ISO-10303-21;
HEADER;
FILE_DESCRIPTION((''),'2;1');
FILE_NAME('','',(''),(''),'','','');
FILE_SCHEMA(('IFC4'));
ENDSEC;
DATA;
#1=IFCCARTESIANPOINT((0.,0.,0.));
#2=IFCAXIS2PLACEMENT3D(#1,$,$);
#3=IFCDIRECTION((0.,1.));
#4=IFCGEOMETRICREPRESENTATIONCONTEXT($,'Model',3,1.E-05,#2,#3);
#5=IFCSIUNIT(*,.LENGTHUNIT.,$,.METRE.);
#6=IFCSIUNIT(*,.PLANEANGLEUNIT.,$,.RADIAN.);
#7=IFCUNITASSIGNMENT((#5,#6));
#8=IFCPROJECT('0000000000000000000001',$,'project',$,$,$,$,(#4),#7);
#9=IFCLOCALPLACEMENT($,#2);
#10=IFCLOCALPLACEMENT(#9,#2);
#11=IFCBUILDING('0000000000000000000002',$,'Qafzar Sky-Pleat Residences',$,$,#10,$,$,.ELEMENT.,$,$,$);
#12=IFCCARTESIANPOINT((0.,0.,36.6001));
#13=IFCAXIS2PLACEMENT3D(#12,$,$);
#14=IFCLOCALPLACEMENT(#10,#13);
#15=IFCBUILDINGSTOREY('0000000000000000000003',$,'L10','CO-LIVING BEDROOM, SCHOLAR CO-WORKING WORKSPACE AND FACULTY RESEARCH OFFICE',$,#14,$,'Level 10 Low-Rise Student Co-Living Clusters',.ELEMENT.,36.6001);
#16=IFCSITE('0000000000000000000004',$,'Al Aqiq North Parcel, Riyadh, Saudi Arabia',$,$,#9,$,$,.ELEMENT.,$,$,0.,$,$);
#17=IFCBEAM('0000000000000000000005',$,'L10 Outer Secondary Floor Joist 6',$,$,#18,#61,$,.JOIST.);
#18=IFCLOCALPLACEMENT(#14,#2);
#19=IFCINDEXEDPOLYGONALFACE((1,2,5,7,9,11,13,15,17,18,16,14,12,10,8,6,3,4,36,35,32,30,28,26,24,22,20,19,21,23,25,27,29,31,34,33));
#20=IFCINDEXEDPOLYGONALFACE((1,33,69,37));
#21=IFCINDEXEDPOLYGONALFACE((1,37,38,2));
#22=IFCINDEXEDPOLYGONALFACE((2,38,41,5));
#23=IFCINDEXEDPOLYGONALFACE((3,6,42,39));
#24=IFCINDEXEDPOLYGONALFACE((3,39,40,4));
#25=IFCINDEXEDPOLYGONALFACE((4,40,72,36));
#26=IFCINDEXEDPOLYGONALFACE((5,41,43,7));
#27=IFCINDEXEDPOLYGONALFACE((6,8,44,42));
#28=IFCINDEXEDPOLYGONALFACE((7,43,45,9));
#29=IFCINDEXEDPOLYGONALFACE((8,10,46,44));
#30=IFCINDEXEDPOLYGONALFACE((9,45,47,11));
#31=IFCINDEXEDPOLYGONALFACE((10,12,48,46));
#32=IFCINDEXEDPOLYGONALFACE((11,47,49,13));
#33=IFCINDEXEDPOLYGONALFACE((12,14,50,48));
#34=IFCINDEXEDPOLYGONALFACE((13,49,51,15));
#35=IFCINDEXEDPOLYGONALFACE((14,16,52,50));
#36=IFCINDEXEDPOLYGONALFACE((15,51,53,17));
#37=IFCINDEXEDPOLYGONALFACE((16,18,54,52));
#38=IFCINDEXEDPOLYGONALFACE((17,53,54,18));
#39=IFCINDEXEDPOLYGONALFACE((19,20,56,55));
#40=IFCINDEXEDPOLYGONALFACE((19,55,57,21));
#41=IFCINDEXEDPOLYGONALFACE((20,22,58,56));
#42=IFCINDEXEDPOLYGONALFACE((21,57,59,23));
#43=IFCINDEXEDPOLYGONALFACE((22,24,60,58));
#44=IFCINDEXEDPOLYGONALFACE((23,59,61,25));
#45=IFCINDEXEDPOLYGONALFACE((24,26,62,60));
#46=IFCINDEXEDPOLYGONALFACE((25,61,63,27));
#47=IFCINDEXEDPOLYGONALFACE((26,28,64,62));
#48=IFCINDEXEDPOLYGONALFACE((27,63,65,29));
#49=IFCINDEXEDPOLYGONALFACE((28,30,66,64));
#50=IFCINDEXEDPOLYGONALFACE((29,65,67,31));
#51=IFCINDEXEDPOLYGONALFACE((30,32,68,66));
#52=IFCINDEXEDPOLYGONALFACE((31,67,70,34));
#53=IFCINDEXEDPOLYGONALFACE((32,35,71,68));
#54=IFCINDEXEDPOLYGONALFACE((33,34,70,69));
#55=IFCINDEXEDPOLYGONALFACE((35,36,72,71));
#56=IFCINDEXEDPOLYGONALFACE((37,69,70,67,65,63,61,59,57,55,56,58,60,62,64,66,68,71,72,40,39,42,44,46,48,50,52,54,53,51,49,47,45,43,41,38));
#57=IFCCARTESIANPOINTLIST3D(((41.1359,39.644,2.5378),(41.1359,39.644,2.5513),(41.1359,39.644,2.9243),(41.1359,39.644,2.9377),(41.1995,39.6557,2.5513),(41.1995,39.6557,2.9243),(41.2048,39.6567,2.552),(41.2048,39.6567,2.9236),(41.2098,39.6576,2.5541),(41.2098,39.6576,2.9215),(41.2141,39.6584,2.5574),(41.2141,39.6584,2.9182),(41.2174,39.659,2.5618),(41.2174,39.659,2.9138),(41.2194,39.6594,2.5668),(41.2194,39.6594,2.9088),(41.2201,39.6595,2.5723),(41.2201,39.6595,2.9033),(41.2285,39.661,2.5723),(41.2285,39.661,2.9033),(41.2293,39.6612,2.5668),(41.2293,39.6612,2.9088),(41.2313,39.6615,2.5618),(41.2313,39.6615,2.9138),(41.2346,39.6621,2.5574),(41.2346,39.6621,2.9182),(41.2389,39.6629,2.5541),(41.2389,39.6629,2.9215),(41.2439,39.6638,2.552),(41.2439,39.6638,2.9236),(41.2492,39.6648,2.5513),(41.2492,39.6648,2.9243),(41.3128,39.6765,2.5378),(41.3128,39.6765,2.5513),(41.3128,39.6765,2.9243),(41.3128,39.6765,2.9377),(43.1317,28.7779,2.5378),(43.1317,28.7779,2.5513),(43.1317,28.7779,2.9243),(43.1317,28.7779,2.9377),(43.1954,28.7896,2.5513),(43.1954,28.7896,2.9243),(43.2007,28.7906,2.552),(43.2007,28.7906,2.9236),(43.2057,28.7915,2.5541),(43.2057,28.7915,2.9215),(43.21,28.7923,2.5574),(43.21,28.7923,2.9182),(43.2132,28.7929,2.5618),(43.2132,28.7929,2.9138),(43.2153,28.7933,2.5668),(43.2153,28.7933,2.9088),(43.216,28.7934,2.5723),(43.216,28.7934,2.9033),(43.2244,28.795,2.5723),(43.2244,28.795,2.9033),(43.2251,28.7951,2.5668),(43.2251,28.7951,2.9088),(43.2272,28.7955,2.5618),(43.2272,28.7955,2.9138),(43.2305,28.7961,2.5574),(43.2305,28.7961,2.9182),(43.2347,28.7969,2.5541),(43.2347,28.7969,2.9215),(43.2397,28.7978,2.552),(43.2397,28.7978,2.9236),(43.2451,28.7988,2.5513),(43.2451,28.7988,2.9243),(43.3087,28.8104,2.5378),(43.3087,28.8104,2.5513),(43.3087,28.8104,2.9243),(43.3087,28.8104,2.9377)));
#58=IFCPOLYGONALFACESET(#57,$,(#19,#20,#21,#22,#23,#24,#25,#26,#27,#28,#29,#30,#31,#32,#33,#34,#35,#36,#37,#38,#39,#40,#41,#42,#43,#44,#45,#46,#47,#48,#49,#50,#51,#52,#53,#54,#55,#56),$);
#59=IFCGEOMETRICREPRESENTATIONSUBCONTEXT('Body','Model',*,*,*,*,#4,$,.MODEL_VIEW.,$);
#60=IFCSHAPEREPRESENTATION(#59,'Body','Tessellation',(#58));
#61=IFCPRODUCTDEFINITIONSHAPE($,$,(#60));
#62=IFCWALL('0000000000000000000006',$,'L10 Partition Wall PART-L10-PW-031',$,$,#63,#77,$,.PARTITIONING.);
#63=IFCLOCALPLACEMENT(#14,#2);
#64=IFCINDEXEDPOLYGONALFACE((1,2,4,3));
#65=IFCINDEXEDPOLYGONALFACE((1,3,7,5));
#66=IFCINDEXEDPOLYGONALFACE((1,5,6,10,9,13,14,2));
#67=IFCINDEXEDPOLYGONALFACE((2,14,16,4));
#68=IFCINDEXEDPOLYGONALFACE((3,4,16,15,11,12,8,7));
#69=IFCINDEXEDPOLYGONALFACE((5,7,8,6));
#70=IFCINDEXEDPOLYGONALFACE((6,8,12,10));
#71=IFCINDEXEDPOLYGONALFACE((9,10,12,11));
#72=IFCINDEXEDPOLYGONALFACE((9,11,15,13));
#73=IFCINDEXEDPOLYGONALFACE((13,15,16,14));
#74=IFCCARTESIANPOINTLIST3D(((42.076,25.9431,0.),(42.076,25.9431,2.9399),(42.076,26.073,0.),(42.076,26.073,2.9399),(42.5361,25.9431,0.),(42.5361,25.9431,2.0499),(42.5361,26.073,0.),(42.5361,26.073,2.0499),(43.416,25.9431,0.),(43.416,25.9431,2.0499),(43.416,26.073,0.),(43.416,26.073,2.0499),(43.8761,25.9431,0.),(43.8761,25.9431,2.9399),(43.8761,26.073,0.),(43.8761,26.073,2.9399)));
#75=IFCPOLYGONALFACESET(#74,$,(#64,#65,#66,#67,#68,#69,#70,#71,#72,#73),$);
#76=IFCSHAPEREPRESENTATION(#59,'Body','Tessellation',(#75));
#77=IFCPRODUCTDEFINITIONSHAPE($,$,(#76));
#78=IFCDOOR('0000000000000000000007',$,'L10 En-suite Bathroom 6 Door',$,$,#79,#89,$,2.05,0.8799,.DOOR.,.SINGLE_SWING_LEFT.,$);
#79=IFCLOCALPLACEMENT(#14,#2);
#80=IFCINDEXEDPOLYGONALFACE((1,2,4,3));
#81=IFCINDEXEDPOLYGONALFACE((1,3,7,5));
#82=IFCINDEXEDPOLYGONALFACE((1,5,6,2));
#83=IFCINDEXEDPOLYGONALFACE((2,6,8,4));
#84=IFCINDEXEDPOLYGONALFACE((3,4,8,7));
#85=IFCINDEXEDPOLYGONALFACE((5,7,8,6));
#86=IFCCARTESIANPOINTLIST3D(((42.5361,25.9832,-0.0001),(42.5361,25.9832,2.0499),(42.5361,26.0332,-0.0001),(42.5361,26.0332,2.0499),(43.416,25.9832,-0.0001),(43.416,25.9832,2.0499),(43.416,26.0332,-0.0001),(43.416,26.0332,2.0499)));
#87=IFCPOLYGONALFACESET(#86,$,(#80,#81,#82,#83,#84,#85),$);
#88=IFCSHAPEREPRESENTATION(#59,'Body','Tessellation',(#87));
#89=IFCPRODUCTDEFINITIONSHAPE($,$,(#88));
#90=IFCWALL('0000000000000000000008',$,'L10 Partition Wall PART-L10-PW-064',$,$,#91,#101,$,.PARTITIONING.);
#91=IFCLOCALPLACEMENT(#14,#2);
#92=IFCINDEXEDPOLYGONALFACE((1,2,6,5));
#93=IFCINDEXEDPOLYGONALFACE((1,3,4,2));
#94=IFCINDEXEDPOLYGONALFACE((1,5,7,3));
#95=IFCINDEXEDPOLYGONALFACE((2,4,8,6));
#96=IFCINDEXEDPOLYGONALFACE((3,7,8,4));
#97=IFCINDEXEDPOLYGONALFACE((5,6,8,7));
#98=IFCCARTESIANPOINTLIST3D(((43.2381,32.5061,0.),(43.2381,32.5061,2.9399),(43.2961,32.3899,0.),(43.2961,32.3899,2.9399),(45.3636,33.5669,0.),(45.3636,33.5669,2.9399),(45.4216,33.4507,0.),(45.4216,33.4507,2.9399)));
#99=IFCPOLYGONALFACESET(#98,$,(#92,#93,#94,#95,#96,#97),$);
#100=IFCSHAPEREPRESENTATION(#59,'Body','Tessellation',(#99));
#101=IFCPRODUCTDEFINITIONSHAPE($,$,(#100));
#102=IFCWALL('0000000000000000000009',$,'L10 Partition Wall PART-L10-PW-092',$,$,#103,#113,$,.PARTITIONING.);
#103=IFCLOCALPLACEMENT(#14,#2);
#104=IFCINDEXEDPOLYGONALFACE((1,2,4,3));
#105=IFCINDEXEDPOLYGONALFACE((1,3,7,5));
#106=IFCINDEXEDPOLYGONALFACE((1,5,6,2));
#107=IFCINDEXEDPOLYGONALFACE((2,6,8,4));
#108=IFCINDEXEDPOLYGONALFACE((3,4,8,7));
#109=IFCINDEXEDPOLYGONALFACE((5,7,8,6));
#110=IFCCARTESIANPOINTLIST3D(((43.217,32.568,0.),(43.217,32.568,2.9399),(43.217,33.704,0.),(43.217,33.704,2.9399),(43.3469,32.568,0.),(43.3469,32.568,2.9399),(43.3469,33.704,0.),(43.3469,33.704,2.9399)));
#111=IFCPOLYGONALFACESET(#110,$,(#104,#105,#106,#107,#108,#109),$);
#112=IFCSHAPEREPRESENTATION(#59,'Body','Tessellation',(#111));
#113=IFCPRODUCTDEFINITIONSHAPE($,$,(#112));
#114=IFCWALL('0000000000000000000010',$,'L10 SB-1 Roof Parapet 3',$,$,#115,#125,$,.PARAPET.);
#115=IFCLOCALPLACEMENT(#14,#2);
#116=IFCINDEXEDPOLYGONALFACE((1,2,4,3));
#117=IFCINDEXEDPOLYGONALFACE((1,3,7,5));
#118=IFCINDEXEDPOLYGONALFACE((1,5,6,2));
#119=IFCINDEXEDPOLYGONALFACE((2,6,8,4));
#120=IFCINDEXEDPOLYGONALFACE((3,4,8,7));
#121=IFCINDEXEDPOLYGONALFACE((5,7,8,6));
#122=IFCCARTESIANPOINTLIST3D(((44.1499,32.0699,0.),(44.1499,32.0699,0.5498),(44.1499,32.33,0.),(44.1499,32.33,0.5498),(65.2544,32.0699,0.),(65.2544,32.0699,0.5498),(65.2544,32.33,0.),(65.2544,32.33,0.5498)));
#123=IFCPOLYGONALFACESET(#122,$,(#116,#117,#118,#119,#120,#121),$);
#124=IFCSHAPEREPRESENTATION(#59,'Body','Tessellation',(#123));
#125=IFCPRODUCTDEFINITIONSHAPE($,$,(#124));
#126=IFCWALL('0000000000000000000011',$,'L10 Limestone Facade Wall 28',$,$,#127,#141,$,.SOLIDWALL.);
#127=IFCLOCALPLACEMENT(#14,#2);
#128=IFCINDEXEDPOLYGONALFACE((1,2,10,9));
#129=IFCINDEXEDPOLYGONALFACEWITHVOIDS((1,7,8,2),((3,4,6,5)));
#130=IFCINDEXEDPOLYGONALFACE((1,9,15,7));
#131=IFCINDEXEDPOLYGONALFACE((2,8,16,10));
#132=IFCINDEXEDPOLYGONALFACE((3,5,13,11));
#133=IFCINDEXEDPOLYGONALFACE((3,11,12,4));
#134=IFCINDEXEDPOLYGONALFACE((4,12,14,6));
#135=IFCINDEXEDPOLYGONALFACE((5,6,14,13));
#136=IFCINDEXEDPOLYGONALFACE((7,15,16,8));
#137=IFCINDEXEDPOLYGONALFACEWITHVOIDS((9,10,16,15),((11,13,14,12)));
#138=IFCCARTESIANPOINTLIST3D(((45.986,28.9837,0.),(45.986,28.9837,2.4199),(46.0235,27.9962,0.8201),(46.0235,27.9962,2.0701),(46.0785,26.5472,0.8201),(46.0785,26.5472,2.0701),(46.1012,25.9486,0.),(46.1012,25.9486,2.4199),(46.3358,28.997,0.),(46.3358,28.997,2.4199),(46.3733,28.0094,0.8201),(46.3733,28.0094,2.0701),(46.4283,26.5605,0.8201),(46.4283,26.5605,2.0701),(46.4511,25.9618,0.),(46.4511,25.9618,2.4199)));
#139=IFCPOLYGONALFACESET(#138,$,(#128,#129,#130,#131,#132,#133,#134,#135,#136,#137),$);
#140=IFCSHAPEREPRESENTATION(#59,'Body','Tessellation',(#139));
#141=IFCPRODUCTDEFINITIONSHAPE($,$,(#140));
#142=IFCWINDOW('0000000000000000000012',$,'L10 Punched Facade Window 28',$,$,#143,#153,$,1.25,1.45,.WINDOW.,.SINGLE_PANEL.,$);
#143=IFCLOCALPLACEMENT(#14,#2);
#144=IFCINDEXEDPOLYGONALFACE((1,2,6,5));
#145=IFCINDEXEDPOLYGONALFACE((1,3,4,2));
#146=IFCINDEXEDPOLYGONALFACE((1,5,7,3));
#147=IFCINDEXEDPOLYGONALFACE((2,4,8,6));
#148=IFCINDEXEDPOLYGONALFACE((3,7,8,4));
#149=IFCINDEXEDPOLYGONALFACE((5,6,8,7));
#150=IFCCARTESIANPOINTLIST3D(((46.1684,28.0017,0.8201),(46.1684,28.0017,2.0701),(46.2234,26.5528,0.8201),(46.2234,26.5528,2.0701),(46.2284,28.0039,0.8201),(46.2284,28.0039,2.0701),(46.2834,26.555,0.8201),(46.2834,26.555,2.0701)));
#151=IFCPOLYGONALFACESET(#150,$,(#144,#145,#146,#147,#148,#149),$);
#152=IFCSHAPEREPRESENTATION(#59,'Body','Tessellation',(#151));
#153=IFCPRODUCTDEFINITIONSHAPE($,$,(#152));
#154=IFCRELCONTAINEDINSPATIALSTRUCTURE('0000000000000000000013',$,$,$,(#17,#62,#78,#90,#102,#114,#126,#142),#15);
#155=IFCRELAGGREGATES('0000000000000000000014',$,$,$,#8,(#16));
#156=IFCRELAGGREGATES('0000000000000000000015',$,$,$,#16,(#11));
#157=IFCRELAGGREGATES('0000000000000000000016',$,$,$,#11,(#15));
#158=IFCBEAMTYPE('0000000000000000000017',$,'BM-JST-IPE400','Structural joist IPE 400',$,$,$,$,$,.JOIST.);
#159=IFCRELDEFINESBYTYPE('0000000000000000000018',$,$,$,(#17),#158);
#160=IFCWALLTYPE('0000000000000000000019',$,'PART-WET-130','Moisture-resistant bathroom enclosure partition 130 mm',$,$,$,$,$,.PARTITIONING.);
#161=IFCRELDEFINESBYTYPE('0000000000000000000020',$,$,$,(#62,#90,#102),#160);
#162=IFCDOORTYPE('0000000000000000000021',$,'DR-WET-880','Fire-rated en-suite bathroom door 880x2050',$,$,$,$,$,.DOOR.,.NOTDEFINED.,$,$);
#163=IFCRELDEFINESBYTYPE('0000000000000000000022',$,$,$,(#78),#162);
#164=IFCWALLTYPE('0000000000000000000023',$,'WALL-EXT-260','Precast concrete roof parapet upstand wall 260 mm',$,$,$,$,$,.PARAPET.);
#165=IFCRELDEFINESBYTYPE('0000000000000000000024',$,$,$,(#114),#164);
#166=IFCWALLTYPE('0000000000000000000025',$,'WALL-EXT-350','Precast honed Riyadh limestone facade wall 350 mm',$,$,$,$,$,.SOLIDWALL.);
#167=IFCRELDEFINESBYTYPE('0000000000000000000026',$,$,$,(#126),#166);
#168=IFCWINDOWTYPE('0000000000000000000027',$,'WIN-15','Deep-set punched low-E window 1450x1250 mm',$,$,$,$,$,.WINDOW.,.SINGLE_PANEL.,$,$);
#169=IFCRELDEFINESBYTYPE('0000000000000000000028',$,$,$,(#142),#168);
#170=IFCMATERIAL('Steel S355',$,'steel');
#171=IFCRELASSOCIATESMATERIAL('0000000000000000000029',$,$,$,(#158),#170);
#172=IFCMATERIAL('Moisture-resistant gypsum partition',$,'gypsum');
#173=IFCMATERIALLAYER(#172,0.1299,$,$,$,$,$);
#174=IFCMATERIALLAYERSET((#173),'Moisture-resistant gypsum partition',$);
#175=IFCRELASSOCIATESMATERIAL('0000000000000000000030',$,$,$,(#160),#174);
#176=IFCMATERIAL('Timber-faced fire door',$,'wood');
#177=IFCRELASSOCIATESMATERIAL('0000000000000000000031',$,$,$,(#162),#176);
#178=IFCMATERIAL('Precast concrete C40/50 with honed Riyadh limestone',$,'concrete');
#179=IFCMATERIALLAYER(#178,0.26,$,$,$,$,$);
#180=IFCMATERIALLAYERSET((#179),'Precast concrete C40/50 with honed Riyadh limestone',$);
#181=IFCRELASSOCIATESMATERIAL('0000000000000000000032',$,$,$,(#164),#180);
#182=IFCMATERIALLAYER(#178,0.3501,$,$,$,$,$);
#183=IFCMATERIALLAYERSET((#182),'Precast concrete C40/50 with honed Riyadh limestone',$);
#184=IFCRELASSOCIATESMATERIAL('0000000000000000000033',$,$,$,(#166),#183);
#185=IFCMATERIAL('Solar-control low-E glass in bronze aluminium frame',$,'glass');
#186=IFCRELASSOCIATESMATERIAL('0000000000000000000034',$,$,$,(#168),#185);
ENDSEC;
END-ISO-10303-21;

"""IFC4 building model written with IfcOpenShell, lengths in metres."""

from ifc_helpers import new_model, si_unit, direction, frame, frame_2d, origin, origin_2d, place, context, subcontext, project, spatial, rectangle, i_section, extrude, source, transform, mapped, material, layer, layer_set, material_profile, profile_set, type_object, element, fill, save


model = new_model("IFC4")

# Units and contexts
model_context = context("Model", 3, precision=1e-05, world=origin(), true_north=direction((0.0, 1.0)))
body_context = subcontext(model_context, "Body", "Model", "MODEL_VIEW")
ifc_project = project(units=[si_unit("LENGTHUNIT", "METRE"), si_unit("PLANEANGLEUNIT", "RADIAN")], contexts=[model_context])

# Site, building, storey
site_placement = place(None, origin())
site = spatial("IfcSite", under=ifc_project, at=site_placement, Name="Al Aqiq North Parcel, Riyadh, Saudi Arabia", CompositionType="ELEMENT", RefElevation=0.0)
building_placement = place(site_placement, origin())
building = spatial("IfcBuilding", under=site, at=building_placement, Name="Qafzar Sky-Pleat Residences", CompositionType="ELEMENT")
storey_placement = place(building_placement, frame((0.0, 0.0, 36.6001)))
storey = spatial("IfcBuildingStorey", under=building, at=storey_placement, Name="L10", Description="CO-LIVING BEDROOM, SCHOLAR CO-WORKING WORKSPACE AND FACULTY RESEARCH OFFICE", LongName="Level 10 Low-Rise Student Co-Living Clusters", CompositionType="ELEMENT", Elevation=36.6001)

# Beam
ifc_material_1 = material(Name="Steel S355", Category="steel")
ifc_material_profile_1 = material_profile(ifc_material_1, i_section(OverallWidth=0.1799, OverallDepth=0.3999, WebThickness=0.0085, FlangeThickness=0.0134, FilletRadius=0.021, at=origin_2d()), Name="IPE 400")
ifc_profile_set_1 = profile_set([ifc_material_profile_1], Name="Steel S355")
beam_type_1 = type_object("IfcBeamType", Name="BM-JST-IPE400", Description="Structural joist IPE 400", PredefinedType="JOIST", material=ifc_profile_set_1)
shared_shape_1 = source(origin(), body_context, "Body", "SweptSolid", [
    extrude(i_section(OverallWidth=0.1799, OverallDepth=0.3999, WebThickness=0.0085, FlangeThickness=0.0134, FilletRadius=0.021, at=origin_2d()), origin(), (0.0, 0.0, 1.0), 11.0479),
])
beam_1_placement = place(storey_placement, frame((43.2202, 28.7942, 2.7378), z_axis=(-0.180657, 0.983546, 0.0), x_axis=(-0.983546, -0.180657, 0.0)))
element("IfcBeam", 1, at=beam_1_placement, inside=storey, type_object=beam_type_1, Name="L10 Outer Secondary Floor Joist 6", PredefinedType="JOIST", context=body_context, shape_type="MappedRepresentation", body=[
    mapped(shared_shape_1, transform((0.0, 0.0, 0.0), x_axis=(1.0, 0.0, 0.0), y_axis=(0.0, 1.0, 0.0), z_axis=(0.0, 0.0, 1.0), scale=1.0)),
])

# Wall, opening, door
ifc_material_2 = material(Name="Moisture-resistant gypsum partition", Category="gypsum")
ifc_layer_1 = layer(ifc_material_2, 0.1299)
ifc_layer_set_1 = layer_set([ifc_layer_1], Name="Moisture-resistant gypsum partition")
wall_type_1 = type_object("IfcWallType", Name="PART-WET-130", Description="Moisture-resistant bathroom enclosure partition 130 mm", PredefinedType="PARTITIONING", material=ifc_layer_set_1)
wall_1_placement = place(storey_placement, frame((43.876, 26.0081, 0.0), z_axis=(0.0, 0.0, 1.0), x_axis=(-1.0, 0.0, 0.0)))
wall_1 = element("IfcWall", 2, at=wall_1_placement, inside=storey, type_object=wall_type_1, Name="L10 Partition Wall PART-L10-PW-031", PredefinedType="PARTITIONING", context=body_context, shape_type="SweptSolid", body=[
    extrude(rectangle(XDim=1.8, YDim=0.1299, at=frame_2d((0.8999, 0.0))), origin(), (0.0, 0.0, 1.0), 2.9399),
])
opening_1_placement = place(wall_1_placement, frame((0.46, 0.0, 0.0)))
opening_1 = element("IfcOpeningElement", 3, at=opening_1_placement, cuts=wall_1, PredefinedType="OPENING", context=body_context, shape_type="SweptSolid", body=[
    extrude(rectangle(XDim=0.8799, YDim=2.05, at=frame_2d((0.4399, 1.0249))), frame((0.0, 0.075, 0.0), z_axis=(0.0, -1.0, 0.0), x_axis=(1.0, 0.0, 0.0)), (0.0, 0.0, 1.0), 0.1499),
])
ifc_material_3 = material(Name="Timber-faced fire door", Category="wood")
door_type = type_object("IfcDoorType", Name="DR-WET-880", Description="Fire-rated en-suite bathroom door 880x2050", OperationType="NOTDEFINED", PredefinedType="DOOR", material=ifc_material_3)
shared_shape_2 = source(origin(), body_context, "Body", "SweptSolid", [
    extrude(rectangle(XDim=0.8799, YDim=2.05, at=frame_2d((0.4399, 1.0249))), frame((0.0, 0.0249, 0.0), z_axis=(0.0, -1.0, 0.0), x_axis=(1.0, 0.0, 0.0)), (0.0, 0.0, 1.0), 0.05),
])
door_placement = place(opening_1_placement, origin())
door = element("IfcDoor", 4, at=door_placement, inside=storey, type_object=door_type, Name="L10 En-suite Bathroom 6 Door", OperationType="SINGLE_SWING_LEFT", OverallHeight=2.05, OverallWidth=0.8799, PredefinedType="DOOR", context=body_context, shape_type="MappedRepresentation", body=[
    mapped(shared_shape_2, transform((0.0, 0.0, 0.0), x_axis=(1.0, 0.0, 0.0), y_axis=(0.0, 1.0, 0.0), z_axis=(0.0, 0.0, 1.0), scale=1.0)),
])
fill(opening_1, door)

# Walls
wall_2_placement = place(storey_placement, frame((43.2671, 32.448, 0.0), z_axis=(0.0, 0.0, 1.0), x_axis=(0.894756, 0.446556, 0.0)))
element("IfcWall", 5, at=wall_2_placement, inside=storey, type_object=wall_type_1, Name="L10 Partition Wall PART-L10-PW-064", PredefinedType="PARTITIONING", context=body_context, shape_type="SweptSolid", body=[
    extrude(rectangle(XDim=2.3755, YDim=0.1299, at=frame_2d((1.1877, 0.0))), origin(), (0.0, 0.0, 1.0), 2.9399),
])
wall_3_placement = place(storey_placement, frame((43.282, 32.5681, 0.0), z_axis=(0.0, 0.0, 1.0), x_axis=(0.0, 1.0, 0.0)))
element("IfcWall", 6, at=wall_3_placement, inside=storey, type_object=wall_type_1, Name="L10 Partition Wall PART-L10-PW-092", PredefinedType="PARTITIONING", context=body_context, shape_type="SweptSolid", body=[
    extrude(rectangle(XDim=1.136, YDim=0.1299, at=frame_2d((0.5679, 0.0))), origin(), (0.0, 0.0, 1.0), 2.9399),
])
ifc_material_4 = material(Name="Precast concrete C40/50 with honed Riyadh limestone", Category="concrete")
ifc_layer_2 = layer(ifc_material_4, 0.26)
ifc_layer_set_2 = layer_set([ifc_layer_2], Name="Precast concrete C40/50 with honed Riyadh limestone")
wall_type_2 = type_object("IfcWallType", Name="WALL-EXT-260", Description="Precast concrete roof parapet upstand wall 260 mm", PredefinedType="PARAPET", material=ifc_layer_set_2)
wall_4_placement = place(storey_placement, frame((65.2544, 32.2, 0.0), z_axis=(0.0, 0.0, 1.0), x_axis=(-1.0, 0.0, 0.0)))
element("IfcWall", 7, at=wall_4_placement, inside=storey, type_object=wall_type_2, Name="L10 SB-1 Roof Parapet 3", PredefinedType="PARAPET", context=body_context, shape_type="SweptSolid", body=[
    extrude(rectangle(XDim=21.1045, YDim=0.26, at=frame_2d((10.5522, 0.0))), origin(), (0.0, 0.0, 1.0), 0.5498),
])

# Wall, opening, window
ifc_layer_3 = layer(ifc_material_4, 0.3501)
ifc_layer_set_3 = layer_set([ifc_layer_3], Name="Precast concrete C40/50 with honed Riyadh limestone")
wall_type_3 = type_object("IfcWallType", Name="WALL-EXT-350", Description="Precast honed Riyadh limestone facade wall 350 mm", PredefinedType="SOLIDWALL", material=ifc_layer_set_3)
wall_5_placement = place(storey_placement, frame((46.2761, 25.9553, 0.0), z_axis=(0.0, 0.0, 1.0), x_axis=(-0.037939, 0.99928, 0.0)))
wall_5 = element("IfcWall", 8, at=wall_5_placement, inside=storey, type_object=wall_type_3, Name="L10 Limestone Facade Wall 28", PredefinedType="SOLIDWALL", context=body_context, shape_type="SweptSolid", body=[
    extrude(rectangle(XDim=3.0374, YDim=0.3501, at=frame_2d((1.5186, 0.0))), origin(), (0.0, 0.0, 1.0), 2.4199),
])
opening_2_placement = place(wall_5_placement, frame((0.5989, 0.0, 0.8201)))
opening_2 = element("IfcOpeningElement", 9, at=opening_2_placement, cuts=wall_5, PredefinedType="OPENING", context=body_context, shape_type="SweptSolid", body=[
    extrude(rectangle(XDim=1.45, YDim=1.25, at=frame_2d((0.7251, 0.625))), frame((0.0, 0.1851, 0.0), z_axis=(0.0, -1.0, 0.0), x_axis=(1.0, 0.0, 0.0)), (0.0, 0.0, 1.0), 0.3701),
])
ifc_material_5 = material(Name="Solar-control low-E glass in bronze aluminium frame", Category="glass")
window_type_1 = type_object("IfcWindowType", Name="WIN-15", Description="Deep-set punched low-E window 1450x1250 mm", PartitioningType="SINGLE_PANEL", PredefinedType="WINDOW", material=ifc_material_5)
shared_shape_3 = source(origin(), body_context, "Body", "SweptSolid", [
    extrude(rectangle(XDim=1.45, YDim=1.25, at=frame_2d((0.7251, 0.625))), frame((0.0, 0.03, 0.0), z_axis=(0.0, -1.0, 0.0), x_axis=(1.0, 0.0, 0.0)), (0.0, 0.0, 1.0), 0.0601),
])
window_1_placement = place(opening_2_placement, origin())
window_1 = element("IfcWindow", 10, at=window_1_placement, inside=storey, type_object=window_type_1, Name="L10 Punched Facade Window 28", OverallHeight=1.25, OverallWidth=1.45, PartitioningType="SINGLE_PANEL", PredefinedType="WINDOW", context=body_context, shape_type="MappedRepresentation", body=[
    mapped(shared_shape_3, transform((0.0, 0.0, 0.0), x_axis=(1.0, 0.0, 0.0), y_axis=(0.0, 1.0, 0.0), z_axis=(0.0, 0.0, 1.0), scale=1.0)),
])
fill(opening_2, window_1)

save(model, "model.ifc")
